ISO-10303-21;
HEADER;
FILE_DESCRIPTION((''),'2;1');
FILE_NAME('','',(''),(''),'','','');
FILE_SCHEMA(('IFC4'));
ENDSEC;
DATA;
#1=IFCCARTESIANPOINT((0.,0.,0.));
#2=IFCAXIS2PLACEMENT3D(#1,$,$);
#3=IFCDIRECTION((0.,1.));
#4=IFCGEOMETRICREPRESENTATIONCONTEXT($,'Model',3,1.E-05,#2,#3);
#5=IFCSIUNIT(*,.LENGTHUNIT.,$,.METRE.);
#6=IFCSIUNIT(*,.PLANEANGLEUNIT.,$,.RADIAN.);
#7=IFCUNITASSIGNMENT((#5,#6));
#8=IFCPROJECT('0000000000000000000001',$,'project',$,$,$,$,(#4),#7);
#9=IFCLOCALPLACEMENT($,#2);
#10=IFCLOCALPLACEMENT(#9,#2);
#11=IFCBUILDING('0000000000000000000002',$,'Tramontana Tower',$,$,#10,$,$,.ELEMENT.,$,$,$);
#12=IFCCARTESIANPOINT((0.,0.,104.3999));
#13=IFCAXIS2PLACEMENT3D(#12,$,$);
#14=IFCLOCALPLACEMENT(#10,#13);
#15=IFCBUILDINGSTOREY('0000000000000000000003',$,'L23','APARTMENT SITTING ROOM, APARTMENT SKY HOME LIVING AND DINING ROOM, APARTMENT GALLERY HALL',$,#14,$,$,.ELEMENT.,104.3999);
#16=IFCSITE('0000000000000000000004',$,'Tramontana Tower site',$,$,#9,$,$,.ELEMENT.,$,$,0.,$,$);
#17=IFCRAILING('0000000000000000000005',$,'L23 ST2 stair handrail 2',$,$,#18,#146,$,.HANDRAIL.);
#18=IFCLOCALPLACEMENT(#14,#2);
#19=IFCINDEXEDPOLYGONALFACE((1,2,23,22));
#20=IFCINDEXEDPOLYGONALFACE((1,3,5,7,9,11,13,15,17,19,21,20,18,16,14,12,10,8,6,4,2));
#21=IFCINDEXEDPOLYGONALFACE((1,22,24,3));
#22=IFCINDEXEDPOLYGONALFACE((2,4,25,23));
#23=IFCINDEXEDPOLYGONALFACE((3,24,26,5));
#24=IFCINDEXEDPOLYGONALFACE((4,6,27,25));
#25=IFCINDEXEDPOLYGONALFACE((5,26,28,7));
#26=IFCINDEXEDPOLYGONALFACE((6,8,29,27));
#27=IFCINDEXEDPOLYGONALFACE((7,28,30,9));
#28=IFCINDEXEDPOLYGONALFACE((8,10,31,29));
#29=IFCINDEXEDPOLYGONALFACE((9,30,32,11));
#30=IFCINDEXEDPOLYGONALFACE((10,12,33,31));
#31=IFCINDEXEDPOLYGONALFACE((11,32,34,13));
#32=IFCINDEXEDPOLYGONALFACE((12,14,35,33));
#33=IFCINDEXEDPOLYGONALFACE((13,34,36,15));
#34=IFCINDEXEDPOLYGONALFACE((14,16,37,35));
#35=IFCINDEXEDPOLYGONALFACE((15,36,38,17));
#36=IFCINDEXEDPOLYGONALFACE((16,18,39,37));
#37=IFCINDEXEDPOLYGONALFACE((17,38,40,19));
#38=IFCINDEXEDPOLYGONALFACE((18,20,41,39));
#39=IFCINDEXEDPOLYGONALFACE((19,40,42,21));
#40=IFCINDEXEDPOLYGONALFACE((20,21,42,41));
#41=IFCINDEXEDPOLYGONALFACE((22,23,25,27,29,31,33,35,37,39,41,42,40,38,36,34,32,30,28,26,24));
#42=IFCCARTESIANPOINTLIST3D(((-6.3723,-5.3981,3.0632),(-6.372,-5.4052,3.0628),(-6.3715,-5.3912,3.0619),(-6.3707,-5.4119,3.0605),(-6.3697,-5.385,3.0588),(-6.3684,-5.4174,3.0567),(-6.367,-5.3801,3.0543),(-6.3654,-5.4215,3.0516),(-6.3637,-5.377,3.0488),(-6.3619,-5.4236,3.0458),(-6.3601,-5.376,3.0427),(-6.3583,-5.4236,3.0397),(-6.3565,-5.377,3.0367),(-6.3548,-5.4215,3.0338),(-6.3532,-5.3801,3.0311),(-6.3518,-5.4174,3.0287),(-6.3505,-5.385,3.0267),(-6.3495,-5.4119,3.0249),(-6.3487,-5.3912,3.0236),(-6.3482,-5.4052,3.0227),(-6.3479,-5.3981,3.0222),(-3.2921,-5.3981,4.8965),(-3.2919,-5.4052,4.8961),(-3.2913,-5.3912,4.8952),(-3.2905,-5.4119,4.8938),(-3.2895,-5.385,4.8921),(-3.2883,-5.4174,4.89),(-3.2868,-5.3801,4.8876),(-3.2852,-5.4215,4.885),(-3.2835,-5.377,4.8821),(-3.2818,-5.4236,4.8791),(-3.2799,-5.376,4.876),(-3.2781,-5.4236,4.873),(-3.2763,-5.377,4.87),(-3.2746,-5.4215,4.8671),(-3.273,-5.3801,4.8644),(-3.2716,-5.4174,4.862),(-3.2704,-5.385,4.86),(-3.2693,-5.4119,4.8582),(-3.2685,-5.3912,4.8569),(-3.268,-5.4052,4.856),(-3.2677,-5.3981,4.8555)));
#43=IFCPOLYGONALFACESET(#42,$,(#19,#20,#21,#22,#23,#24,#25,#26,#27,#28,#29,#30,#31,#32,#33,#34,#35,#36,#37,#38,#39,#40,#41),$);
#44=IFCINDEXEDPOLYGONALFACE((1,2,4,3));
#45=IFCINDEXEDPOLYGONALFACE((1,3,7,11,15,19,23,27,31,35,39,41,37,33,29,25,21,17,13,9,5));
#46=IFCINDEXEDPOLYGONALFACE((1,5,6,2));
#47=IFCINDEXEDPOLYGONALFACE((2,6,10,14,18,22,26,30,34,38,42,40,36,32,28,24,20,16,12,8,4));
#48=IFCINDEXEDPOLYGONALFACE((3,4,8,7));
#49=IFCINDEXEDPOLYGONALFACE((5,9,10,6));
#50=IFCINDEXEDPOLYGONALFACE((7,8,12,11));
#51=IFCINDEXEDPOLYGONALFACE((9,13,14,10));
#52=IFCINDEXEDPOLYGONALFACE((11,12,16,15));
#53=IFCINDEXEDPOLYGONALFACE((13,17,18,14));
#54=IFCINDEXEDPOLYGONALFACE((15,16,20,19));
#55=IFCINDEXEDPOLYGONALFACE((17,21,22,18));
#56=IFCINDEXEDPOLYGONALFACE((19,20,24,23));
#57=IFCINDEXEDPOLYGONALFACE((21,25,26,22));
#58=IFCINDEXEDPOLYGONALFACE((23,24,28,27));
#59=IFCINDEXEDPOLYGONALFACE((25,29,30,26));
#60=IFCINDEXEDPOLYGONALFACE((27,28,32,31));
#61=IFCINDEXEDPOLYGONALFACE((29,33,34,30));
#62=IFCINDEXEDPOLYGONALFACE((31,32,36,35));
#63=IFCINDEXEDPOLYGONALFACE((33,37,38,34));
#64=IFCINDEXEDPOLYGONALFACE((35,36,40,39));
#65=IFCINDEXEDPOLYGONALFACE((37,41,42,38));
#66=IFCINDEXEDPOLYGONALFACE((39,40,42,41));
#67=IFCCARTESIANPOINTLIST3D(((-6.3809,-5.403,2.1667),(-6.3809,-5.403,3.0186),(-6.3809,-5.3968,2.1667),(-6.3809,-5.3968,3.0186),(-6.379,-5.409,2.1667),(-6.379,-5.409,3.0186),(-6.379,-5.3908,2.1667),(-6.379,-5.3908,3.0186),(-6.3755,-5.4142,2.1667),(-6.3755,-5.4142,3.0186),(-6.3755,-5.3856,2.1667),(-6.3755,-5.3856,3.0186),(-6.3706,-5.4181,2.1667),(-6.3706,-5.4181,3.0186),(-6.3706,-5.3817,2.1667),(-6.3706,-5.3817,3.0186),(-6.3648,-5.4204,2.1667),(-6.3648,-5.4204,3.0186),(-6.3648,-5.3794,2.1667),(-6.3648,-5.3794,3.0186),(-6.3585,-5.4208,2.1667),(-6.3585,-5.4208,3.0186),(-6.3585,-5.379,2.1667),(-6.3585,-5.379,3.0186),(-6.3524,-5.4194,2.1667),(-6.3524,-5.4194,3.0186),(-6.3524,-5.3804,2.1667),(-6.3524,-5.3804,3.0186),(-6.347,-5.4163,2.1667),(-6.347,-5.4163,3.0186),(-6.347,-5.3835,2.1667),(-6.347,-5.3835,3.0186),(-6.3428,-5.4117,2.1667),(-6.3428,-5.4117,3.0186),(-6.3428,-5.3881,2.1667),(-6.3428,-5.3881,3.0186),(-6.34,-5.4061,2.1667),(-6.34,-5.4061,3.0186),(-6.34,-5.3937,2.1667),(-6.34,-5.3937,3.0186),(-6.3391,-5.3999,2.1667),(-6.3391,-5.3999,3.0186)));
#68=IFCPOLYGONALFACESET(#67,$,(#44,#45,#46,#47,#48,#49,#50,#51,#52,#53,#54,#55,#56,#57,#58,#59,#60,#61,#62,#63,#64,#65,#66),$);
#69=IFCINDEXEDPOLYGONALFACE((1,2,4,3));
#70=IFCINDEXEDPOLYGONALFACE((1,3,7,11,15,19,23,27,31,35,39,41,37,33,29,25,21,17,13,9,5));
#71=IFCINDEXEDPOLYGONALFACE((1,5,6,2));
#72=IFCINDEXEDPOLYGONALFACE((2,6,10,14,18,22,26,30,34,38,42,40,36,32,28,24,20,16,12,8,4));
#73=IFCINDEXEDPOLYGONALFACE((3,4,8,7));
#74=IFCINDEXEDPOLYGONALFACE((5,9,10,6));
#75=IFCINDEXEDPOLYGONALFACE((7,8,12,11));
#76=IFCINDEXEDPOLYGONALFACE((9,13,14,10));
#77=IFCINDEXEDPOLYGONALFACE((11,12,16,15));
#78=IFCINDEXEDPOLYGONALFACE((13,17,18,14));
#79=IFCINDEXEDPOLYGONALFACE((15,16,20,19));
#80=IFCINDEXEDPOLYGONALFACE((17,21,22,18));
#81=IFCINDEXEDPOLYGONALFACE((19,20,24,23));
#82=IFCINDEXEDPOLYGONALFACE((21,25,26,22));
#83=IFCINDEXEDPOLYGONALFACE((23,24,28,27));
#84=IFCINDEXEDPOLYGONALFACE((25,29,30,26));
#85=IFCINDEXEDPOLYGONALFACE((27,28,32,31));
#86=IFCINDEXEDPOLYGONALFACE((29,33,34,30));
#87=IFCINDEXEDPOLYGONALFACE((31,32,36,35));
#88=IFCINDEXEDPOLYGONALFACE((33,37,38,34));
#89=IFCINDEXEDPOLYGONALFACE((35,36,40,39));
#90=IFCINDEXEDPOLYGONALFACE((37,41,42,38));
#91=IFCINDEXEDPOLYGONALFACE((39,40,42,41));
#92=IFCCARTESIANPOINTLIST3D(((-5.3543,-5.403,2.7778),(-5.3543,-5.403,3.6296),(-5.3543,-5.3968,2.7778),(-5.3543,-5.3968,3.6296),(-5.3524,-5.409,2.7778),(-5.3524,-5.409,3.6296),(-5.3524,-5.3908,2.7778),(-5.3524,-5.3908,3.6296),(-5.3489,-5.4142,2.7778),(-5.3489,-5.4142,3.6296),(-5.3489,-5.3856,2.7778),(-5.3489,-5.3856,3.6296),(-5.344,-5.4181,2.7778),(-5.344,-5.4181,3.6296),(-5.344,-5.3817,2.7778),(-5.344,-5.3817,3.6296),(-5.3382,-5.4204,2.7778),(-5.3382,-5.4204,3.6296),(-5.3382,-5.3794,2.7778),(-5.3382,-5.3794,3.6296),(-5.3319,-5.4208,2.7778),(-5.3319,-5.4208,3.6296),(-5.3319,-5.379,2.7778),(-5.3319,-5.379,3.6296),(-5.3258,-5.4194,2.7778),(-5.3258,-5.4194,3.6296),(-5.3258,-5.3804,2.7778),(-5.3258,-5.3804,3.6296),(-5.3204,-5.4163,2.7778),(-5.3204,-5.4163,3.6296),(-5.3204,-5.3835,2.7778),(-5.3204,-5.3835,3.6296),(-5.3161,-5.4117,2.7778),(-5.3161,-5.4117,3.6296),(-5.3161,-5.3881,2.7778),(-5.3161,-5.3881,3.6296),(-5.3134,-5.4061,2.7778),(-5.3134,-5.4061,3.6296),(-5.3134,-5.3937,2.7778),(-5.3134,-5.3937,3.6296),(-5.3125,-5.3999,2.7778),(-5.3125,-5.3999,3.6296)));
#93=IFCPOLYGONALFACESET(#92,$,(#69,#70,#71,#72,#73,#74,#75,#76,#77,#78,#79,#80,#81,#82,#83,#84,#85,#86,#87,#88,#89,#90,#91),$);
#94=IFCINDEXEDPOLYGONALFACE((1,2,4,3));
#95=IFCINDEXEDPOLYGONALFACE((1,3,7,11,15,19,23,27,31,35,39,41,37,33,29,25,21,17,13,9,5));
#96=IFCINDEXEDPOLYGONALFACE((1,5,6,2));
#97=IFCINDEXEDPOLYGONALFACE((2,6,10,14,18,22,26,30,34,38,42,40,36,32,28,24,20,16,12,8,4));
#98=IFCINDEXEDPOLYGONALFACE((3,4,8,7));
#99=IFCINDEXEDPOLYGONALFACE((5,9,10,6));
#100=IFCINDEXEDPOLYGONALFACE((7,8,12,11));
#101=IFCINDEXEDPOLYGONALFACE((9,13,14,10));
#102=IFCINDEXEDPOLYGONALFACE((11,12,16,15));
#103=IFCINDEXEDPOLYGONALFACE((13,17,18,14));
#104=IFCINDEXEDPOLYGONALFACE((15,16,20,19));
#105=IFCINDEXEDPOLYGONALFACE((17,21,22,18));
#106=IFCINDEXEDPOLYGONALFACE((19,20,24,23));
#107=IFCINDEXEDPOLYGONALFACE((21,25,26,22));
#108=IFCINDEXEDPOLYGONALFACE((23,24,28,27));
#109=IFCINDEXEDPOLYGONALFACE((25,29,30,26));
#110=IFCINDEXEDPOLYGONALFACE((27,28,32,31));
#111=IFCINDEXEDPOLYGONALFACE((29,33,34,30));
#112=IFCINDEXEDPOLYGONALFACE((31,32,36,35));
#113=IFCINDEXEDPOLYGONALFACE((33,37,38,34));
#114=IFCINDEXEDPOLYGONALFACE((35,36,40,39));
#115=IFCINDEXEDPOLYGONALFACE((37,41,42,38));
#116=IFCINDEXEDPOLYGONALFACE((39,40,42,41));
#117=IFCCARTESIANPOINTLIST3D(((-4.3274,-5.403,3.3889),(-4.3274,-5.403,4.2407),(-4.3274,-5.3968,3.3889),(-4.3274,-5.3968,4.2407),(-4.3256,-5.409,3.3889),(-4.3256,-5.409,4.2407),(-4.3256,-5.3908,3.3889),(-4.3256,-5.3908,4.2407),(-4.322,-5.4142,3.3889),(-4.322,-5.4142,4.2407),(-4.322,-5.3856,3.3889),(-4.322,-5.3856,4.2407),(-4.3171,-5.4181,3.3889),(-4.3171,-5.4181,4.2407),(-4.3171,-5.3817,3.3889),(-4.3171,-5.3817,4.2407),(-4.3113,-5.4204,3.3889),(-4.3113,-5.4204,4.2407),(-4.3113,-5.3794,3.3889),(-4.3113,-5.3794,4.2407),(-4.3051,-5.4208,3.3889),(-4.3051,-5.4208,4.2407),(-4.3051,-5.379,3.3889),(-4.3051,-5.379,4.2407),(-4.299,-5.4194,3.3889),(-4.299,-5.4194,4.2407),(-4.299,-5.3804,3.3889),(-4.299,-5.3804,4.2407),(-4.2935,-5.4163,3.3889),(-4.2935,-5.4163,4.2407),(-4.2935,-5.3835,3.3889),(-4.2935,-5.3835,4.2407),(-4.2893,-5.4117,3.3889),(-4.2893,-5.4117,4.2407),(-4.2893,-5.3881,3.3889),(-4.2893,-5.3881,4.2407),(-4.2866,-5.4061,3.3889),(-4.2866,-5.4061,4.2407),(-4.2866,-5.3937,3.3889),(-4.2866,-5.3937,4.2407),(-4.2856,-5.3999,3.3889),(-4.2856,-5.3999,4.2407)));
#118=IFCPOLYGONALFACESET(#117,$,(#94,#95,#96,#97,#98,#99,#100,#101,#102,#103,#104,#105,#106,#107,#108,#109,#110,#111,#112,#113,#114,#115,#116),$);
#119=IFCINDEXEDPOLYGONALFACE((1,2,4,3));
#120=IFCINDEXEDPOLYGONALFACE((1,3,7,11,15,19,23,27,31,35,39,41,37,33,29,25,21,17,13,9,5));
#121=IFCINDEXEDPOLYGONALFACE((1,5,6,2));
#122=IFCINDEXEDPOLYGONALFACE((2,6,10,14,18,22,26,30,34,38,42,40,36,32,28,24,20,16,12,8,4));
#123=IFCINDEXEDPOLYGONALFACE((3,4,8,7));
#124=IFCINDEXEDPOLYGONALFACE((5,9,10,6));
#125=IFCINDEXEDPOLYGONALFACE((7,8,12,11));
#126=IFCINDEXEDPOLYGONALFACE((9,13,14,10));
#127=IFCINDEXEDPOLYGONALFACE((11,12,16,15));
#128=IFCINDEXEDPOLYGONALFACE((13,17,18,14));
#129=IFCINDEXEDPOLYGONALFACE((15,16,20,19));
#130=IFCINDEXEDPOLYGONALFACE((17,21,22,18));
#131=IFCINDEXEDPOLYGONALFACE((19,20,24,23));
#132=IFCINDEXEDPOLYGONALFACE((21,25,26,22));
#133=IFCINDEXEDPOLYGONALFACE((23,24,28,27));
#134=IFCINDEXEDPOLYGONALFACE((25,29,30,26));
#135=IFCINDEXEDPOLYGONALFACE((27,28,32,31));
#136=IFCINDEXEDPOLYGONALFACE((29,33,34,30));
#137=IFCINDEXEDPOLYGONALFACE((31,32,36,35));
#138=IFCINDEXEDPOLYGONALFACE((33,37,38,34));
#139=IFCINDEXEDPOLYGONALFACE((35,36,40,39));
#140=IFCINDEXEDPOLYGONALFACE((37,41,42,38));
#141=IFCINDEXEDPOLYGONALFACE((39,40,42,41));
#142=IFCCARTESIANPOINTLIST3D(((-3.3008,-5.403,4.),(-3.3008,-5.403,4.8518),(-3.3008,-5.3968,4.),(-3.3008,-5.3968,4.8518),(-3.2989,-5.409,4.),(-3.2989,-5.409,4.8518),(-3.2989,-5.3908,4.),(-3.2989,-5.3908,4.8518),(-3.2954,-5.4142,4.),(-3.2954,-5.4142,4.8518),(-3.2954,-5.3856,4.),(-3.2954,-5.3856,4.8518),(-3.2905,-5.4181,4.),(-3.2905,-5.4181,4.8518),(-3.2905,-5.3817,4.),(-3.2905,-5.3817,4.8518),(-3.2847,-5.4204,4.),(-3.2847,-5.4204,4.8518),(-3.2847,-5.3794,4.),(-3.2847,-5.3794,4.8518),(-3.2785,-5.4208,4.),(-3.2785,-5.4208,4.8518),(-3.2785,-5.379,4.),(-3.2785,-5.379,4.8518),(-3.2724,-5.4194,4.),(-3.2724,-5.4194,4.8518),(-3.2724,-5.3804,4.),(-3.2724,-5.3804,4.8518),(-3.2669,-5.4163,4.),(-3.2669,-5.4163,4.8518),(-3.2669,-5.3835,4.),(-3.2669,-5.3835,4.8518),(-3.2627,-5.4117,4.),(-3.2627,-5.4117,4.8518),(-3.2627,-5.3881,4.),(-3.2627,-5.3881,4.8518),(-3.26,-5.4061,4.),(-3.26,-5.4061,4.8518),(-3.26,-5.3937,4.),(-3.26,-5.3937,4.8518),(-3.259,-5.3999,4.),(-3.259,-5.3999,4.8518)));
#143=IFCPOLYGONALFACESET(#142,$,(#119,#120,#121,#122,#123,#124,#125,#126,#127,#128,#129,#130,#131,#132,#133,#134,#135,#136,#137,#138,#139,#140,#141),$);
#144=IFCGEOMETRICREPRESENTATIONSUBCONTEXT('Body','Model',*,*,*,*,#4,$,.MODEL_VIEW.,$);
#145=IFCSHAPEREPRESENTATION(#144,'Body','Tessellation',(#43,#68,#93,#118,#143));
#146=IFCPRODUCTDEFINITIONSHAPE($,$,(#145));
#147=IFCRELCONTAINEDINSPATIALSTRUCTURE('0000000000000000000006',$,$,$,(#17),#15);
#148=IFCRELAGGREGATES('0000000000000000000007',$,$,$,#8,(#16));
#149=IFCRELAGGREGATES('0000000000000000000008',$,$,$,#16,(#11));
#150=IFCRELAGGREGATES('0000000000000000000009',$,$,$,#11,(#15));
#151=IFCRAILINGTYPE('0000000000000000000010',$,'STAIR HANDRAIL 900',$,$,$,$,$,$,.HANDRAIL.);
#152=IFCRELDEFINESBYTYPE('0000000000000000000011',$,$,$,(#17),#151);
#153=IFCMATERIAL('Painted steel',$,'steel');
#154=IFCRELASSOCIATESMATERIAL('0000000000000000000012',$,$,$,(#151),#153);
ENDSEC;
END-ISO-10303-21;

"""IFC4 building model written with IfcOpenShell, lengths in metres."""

from ifc_helpers import new_model, si_unit, direction, frame, origin, origin_2d, place, context, subcontext, project, spatial, circle, extrude, material, type_object, element, save


model = new_model("IFC4")

# Units and contexts
model_context = context("Model", 3, precision=1e-05, world=origin(), true_north=direction((0.0, 1.0)))
body_context = subcontext(model_context, "Body", "Model", "MODEL_VIEW")
ifc_project = project(units=[si_unit("LENGTHUNIT", "METRE"), si_unit("PLANEANGLEUNIT", "RADIAN")], contexts=[model_context])

# Site, building, storey
site_placement = place(None, origin())
site = spatial("IfcSite", under=ifc_project, at=site_placement, Name="Tramontana Tower site", CompositionType="ELEMENT", RefElevation=0.0)
building_placement = place(site_placement, origin())
building = spatial("IfcBuilding", under=site, at=building_placement, Name="Tramontana Tower", CompositionType="ELEMENT")
storey_placement = place(building_placement, frame((0.0, 0.0, 104.3999)))
storey = spatial("IfcBuildingStorey", under=building, at=storey_placement, Name="L23", Description="APARTMENT SITTING ROOM, APARTMENT SKY HOME LIVING AND DINING ROOM, APARTMENT GALLERY HALL", CompositionType="ELEMENT", Elevation=104.3999)

# Railing
ifc_material_1 = material(Name="Painted steel", Category="steel")
railing_type_1 = type_object("IfcRailingType", Name="STAIR HANDRAIL 900", PredefinedType="HANDRAIL", material=ifc_material_1)
railing_1_placement = place(storey_placement, frame((-6.3601, -5.3999, 2.1667)))
element("IfcRailing", 1, at=railing_1_placement, inside=storey, type_object=railing_type_1, Name="L23 ST2 stair handrail 2", PredefinedType="HANDRAIL", context=body_context, shape_type="SweptSolid", body=[
    extrude(circle(Radius=0.0239, at=origin_2d()), frame((0.0, 0.0, 0.876), z_axis=(0.859309, 0.0, 0.511458), x_axis=(0.0, 1.0, 0.0)), (0.0, 0.0, 1.0), 3.5845),
    extrude(circle(Radius=0.021, at=origin_2d()), origin(), (0.0, 0.0, 1.0), 0.8518),
    extrude(circle(Radius=0.021, at=origin_2d()), frame((1.0266, 0.0, 0.6111)), (0.0, 0.0, 1.0), 0.8518),
    extrude(circle(Radius=0.021, at=origin_2d()), frame((2.0535, 0.0, 1.2222)), (0.0, 0.0, 1.0), 0.8518),
    extrude(circle(Radius=0.021, at=origin_2d()), frame((3.0801, 0.0, 1.8333)), (0.0, 0.0, 1.0), 0.8518),
])

save(model, "model.ifc")
